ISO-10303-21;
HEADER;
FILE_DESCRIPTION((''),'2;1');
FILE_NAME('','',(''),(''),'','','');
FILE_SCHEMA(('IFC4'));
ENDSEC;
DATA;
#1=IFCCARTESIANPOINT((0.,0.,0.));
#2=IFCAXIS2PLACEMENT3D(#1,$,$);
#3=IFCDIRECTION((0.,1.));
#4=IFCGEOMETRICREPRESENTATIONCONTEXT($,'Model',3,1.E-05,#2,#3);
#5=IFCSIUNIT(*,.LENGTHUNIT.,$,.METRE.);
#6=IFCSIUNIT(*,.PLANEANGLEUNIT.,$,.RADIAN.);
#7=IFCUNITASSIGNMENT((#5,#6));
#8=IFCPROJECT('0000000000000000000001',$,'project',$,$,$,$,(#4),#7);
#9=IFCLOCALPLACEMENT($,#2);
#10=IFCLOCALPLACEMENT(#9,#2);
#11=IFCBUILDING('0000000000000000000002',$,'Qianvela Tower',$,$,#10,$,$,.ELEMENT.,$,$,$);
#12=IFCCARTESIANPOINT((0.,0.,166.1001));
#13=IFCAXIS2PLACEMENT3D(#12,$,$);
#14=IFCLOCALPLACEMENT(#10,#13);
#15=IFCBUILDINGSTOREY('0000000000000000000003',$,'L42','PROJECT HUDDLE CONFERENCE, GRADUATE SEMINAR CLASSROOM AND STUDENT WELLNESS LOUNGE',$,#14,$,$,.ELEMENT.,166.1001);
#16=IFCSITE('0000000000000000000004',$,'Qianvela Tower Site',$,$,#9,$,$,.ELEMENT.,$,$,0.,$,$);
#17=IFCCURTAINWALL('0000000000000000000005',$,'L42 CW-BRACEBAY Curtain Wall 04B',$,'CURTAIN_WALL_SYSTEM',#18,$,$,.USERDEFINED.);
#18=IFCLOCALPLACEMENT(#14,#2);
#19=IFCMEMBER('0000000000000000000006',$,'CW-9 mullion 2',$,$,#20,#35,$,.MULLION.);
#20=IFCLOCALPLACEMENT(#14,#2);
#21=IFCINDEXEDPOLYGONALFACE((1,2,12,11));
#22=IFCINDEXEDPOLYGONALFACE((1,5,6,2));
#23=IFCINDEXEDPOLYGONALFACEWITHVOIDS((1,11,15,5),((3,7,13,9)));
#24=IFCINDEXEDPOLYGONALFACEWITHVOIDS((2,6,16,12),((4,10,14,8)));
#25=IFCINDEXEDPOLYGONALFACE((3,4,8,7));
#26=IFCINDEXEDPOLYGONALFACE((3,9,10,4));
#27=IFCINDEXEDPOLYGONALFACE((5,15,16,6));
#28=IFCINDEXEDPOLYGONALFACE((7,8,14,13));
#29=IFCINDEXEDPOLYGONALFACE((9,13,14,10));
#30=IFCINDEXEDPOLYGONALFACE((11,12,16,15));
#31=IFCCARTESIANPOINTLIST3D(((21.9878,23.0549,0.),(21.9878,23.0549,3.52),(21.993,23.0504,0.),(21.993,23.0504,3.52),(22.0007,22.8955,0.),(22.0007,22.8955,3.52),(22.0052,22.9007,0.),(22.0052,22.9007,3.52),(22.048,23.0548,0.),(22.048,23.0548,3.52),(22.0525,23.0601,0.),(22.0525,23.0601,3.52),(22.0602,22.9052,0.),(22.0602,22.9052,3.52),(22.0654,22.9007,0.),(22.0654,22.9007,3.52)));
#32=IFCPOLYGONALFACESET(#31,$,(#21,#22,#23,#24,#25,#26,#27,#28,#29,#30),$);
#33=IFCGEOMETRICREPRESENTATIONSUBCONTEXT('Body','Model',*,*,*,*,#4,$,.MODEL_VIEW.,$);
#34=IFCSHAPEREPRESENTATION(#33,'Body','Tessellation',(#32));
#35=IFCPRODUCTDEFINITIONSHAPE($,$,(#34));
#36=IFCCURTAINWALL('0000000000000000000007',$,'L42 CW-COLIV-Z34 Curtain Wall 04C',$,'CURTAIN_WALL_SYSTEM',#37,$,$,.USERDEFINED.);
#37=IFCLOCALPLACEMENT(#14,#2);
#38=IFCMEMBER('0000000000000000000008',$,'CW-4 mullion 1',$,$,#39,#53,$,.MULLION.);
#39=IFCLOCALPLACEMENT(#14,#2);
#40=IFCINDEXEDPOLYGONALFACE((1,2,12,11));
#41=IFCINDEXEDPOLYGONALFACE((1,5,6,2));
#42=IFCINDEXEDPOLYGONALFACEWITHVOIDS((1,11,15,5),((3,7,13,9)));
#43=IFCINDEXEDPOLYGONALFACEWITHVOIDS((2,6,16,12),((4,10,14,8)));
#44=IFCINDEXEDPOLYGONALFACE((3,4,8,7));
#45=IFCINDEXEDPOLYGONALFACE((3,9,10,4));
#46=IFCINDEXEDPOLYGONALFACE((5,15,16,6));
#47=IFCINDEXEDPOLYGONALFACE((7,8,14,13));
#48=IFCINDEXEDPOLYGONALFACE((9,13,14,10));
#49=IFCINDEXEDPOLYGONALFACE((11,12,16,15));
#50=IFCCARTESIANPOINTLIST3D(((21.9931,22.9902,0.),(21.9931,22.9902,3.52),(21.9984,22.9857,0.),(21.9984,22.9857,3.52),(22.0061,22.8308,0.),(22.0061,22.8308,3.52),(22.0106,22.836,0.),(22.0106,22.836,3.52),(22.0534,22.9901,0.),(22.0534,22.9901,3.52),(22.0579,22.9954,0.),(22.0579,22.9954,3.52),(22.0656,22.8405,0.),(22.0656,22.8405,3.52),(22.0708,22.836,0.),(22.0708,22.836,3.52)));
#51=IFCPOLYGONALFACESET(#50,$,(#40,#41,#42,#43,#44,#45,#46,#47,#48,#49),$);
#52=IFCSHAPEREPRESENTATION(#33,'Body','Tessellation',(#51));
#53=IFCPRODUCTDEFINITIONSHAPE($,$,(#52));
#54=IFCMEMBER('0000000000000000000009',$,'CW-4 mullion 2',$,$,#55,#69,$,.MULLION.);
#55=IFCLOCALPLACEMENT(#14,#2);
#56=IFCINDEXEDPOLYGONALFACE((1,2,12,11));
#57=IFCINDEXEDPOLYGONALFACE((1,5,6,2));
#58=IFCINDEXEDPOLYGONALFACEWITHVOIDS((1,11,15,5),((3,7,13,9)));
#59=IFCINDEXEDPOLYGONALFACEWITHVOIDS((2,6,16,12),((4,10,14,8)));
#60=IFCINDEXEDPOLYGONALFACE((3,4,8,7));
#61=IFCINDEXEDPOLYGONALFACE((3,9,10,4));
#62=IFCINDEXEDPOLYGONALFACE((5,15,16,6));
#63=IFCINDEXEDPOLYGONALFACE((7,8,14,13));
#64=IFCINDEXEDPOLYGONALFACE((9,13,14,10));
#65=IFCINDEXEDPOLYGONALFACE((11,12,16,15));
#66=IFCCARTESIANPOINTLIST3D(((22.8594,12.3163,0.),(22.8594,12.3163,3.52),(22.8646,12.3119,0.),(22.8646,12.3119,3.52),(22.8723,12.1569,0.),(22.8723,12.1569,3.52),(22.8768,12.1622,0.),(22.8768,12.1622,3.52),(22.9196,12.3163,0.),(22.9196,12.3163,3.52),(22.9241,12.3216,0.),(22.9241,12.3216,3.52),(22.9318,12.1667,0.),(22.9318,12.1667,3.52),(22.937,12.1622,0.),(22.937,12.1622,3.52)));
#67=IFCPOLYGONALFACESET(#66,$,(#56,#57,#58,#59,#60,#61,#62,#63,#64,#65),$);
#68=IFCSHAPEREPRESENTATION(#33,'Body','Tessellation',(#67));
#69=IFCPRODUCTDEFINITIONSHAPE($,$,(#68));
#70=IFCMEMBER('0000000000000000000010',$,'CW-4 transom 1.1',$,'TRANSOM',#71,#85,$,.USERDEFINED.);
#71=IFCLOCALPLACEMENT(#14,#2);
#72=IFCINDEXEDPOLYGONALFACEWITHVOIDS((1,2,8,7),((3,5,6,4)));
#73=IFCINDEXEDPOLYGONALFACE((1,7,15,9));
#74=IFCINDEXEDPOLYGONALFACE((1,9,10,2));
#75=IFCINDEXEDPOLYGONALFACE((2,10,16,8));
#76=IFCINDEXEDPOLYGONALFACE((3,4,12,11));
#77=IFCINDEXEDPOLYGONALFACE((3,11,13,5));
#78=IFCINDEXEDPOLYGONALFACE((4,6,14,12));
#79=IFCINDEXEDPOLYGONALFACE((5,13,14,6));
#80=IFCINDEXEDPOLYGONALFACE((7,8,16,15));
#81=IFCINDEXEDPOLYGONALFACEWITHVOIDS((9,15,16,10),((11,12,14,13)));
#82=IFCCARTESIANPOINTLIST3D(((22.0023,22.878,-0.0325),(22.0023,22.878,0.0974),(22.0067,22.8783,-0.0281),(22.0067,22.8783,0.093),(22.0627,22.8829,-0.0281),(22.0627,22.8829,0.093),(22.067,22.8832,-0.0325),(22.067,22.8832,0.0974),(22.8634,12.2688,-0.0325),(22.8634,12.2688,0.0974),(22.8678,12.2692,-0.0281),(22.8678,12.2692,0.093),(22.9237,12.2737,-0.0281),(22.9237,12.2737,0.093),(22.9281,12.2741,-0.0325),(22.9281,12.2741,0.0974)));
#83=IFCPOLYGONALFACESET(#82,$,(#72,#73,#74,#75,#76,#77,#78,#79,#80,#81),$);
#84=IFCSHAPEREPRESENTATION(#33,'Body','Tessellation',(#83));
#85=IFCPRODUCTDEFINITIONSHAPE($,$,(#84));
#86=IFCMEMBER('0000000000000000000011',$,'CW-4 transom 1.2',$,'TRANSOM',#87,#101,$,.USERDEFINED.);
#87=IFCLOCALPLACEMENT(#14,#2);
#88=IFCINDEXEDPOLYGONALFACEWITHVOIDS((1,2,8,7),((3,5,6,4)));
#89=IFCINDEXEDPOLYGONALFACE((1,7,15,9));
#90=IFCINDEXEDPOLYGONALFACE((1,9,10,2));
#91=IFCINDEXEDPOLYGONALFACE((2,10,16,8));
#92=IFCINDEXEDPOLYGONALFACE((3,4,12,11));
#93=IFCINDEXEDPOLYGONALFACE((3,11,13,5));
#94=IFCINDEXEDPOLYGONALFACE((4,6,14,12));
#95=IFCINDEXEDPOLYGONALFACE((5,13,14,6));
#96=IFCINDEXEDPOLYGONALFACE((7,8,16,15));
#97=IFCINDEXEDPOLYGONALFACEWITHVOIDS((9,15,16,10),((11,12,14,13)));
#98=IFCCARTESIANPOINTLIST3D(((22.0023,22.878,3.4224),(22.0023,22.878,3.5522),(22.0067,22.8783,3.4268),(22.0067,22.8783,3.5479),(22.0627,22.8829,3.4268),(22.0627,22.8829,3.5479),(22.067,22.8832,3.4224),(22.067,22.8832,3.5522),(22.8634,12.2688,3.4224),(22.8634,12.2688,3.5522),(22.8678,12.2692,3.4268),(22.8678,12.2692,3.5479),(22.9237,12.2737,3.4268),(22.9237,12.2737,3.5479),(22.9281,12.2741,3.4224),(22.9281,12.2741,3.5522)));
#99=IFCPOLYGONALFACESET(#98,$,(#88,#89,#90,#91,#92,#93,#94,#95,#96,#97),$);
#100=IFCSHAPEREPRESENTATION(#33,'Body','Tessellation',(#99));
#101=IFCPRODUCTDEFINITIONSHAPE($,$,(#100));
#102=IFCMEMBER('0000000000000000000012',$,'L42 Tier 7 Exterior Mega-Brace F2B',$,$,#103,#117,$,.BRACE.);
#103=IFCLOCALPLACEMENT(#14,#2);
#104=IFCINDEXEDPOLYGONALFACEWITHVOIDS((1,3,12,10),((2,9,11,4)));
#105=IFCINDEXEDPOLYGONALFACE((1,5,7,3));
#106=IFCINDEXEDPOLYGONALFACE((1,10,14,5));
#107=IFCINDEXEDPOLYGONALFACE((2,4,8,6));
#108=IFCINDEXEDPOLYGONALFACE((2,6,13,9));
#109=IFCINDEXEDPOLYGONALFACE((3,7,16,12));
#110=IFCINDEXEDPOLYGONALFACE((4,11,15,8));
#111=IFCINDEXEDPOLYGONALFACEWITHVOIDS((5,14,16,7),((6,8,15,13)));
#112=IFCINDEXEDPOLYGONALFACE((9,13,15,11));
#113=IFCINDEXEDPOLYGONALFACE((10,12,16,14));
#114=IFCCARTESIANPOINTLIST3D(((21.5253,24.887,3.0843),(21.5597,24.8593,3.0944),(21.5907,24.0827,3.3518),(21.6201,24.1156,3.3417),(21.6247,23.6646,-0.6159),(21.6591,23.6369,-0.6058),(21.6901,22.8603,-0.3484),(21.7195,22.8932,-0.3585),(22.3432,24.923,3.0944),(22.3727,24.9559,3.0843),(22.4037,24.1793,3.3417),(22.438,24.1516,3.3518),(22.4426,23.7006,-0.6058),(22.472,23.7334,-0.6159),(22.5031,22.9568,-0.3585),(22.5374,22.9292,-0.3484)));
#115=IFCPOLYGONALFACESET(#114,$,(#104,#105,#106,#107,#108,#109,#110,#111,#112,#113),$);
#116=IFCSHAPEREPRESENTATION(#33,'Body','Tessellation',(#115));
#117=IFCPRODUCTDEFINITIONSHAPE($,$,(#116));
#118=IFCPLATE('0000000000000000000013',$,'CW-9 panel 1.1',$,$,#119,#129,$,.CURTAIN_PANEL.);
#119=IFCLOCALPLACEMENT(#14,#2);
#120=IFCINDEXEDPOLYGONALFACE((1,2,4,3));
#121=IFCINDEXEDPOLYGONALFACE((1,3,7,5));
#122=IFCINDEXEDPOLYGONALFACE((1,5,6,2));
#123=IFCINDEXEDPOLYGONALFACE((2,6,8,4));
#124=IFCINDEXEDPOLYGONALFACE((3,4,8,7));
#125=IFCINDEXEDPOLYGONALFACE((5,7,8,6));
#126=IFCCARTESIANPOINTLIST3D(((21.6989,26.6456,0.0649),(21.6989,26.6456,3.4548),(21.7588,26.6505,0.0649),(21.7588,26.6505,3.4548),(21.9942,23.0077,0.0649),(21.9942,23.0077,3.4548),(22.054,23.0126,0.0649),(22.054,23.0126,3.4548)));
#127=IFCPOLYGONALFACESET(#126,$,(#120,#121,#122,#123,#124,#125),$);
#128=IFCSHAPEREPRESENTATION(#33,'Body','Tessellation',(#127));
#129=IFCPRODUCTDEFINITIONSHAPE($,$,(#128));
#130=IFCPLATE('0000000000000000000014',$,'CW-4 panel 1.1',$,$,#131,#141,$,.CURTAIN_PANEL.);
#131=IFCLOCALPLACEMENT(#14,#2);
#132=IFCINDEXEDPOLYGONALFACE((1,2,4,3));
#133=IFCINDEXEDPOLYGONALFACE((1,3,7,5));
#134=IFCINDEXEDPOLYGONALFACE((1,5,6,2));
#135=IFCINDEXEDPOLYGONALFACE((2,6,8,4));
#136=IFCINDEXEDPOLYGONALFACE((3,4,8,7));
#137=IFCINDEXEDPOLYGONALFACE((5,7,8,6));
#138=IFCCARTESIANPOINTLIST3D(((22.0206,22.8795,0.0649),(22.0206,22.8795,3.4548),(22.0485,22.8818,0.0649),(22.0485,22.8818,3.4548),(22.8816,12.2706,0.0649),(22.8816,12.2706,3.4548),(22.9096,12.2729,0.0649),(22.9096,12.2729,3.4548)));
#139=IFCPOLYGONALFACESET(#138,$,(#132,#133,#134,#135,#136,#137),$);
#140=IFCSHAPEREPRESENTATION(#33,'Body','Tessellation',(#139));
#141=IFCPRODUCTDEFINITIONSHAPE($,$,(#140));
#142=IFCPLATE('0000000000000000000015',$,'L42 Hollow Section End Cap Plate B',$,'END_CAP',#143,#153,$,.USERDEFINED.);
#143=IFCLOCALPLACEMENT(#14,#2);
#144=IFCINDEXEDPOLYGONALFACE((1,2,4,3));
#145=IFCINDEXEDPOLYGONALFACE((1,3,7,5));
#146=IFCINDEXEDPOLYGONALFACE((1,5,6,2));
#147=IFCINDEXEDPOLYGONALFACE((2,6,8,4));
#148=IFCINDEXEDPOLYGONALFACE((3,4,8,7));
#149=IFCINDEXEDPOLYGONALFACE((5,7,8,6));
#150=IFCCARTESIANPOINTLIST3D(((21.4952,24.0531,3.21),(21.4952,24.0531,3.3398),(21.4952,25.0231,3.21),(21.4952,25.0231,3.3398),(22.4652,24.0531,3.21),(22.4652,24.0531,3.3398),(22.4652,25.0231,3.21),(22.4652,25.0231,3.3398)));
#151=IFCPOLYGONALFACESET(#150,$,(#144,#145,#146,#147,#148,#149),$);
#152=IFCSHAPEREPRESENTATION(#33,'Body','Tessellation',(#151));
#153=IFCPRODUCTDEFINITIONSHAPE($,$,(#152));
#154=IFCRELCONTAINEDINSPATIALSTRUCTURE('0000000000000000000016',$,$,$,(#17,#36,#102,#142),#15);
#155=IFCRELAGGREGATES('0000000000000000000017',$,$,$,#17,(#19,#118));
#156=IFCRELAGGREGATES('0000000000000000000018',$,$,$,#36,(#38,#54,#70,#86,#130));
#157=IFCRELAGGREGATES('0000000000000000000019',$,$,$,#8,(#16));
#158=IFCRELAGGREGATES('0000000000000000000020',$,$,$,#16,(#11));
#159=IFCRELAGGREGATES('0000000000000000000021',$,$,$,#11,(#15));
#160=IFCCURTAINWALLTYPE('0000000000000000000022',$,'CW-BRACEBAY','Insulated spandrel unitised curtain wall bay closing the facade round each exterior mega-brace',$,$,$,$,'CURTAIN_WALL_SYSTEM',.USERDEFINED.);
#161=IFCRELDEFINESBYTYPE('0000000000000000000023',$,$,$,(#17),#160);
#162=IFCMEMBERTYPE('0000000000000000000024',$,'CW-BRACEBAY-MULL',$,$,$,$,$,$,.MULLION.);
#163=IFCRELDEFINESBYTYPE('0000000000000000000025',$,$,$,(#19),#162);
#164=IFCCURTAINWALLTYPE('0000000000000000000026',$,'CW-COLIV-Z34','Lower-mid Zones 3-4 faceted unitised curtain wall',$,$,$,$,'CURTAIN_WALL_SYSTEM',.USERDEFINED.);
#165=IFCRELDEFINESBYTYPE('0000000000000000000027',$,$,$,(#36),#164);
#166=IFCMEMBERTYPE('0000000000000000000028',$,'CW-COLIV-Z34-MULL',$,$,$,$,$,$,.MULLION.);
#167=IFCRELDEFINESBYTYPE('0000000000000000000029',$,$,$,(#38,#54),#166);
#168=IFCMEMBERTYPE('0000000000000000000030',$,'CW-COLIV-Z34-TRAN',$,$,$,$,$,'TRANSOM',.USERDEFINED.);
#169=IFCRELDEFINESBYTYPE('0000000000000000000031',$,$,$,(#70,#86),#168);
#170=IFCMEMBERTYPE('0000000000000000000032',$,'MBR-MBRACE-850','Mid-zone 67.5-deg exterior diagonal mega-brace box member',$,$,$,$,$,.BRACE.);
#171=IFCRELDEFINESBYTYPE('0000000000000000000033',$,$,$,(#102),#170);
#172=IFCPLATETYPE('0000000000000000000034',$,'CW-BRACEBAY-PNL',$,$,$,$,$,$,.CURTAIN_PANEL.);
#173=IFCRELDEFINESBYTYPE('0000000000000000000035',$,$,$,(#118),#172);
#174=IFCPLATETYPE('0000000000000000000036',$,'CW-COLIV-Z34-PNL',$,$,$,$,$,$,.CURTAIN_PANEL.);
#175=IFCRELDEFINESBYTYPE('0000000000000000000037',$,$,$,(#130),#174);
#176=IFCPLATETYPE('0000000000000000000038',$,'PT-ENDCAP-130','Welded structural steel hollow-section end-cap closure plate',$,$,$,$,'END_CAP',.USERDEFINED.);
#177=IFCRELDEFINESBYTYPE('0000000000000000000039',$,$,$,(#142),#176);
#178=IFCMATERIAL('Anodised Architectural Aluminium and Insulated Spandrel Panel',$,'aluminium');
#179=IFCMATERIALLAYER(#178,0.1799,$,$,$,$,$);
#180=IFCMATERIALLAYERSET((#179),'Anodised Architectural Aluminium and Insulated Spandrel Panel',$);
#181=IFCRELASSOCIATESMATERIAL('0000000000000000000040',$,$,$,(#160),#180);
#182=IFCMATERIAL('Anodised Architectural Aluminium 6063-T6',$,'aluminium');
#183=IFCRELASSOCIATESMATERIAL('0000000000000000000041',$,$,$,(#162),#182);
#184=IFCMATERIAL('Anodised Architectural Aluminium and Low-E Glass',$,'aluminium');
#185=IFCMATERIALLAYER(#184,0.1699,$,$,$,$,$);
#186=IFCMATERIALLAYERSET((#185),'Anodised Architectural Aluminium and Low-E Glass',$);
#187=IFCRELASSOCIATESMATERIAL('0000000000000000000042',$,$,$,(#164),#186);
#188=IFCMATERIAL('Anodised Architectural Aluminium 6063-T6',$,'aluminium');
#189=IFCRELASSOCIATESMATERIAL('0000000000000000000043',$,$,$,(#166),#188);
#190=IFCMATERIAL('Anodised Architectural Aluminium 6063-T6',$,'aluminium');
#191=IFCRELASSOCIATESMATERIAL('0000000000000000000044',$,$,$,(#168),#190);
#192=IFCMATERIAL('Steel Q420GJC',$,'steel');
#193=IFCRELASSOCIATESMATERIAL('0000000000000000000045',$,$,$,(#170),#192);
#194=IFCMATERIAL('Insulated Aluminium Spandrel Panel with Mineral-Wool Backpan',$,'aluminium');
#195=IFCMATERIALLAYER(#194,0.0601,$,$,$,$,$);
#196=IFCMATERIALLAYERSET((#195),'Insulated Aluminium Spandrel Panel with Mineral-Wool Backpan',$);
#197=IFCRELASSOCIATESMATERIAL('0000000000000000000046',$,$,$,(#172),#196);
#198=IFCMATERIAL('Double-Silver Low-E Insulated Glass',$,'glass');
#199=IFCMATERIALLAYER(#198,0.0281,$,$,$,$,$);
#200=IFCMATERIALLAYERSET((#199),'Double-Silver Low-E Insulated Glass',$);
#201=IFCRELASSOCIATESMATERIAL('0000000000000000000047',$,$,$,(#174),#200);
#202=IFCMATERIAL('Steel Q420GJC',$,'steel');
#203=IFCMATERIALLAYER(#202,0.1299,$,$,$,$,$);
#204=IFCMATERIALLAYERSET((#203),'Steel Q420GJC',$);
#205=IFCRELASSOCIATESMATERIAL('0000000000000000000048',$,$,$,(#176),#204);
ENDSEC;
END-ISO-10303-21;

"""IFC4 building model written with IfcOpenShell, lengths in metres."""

from ifc_helpers import new_model, si_unit, direction, frame, origin, origin_2d, place, context, subcontext, project, spatial, rectangle, hollow_rectangle, extrude, material, layer, layer_set, material_profile, profile_set, type_object, element, aggregate, save


model = new_model("IFC4")

# Units and contexts
model_context = context("Model", 3, precision=1e-05, world=origin(), true_north=direction((0.0, 1.0)))
body_context = subcontext(model_context, "Body", "Model", "MODEL_VIEW")
ifc_project = project(units=[si_unit("LENGTHUNIT", "METRE"), si_unit("PLANEANGLEUNIT", "RADIAN")], contexts=[model_context])

# Site, building, storey
site_placement = place(None, origin())
site = spatial("IfcSite", under=ifc_project, at=site_placement, Name="Qianvela Tower Site", CompositionType="ELEMENT", RefElevation=0.0)
building_placement = place(site_placement, origin())
building = spatial("IfcBuilding", under=site, at=building_placement, Name="Qianvela Tower", CompositionType="ELEMENT")
storey_placement = place(building_placement, frame((0.0, 0.0, 166.1001)))
storey = spatial("IfcBuildingStorey", under=building, at=storey_placement, Name="L42", Description="PROJECT HUDDLE CONFERENCE, GRADUATE SEMINAR CLASSROOM AND STUDENT WELLNESS LOUNGE", CompositionType="ELEMENT", Elevation=166.1001)

# Curtain wall, member
ifc_material_1 = material(Name="Anodised Architectural Aluminium and Insulated Spandrel Panel", Category="aluminium")
ifc_layer_1 = layer(ifc_material_1, 0.1799)
ifc_layer_set_1 = layer_set([ifc_layer_1], Name="Anodised Architectural Aluminium and Insulated Spandrel Panel")
curtain_wall_type_1 = type_object("IfcCurtainWallType", Name="CW-BRACEBAY", Description="Insulated spandrel unitised curtain wall bay closing the facade round each exterior mega-brace", ElementType="CURTAIN_WALL_SYSTEM", PredefinedType="USERDEFINED", material=ifc_layer_set_1)
curtain_wall_1_placement = place(storey_placement, origin())
curtain_wall_1 = element("IfcCurtainWall", 1, at=curtain_wall_1_placement, inside=storey, type_object=curtain_wall_type_1, Name="L42 CW-BRACEBAY Curtain Wall 04B", ObjectType="CURTAIN_WALL_SYSTEM", PredefinedType="USERDEFINED")
ifc_material_2 = material(Name="Anodised Architectural Aluminium 6063-T6", Category="aluminium")
ifc_material_profile_1 = material_profile(ifc_material_2, hollow_rectangle(XDim=0.0649, YDim=0.1599, WallThickness=0.0049, at=origin_2d()), Name="ALU-MULL-65x160")
ifc_profile_set_1 = profile_set([ifc_material_profile_1], Name="Anodised Architectural Aluminium 6063-T6")
member_type_1 = type_object("IfcMemberType", Name="CW-BRACEBAY-MULL", PredefinedType="MULLION", material=ifc_profile_set_1)
member_1_placement = place(storey_placement, frame((22.0266, 22.9778, 0.0), z_axis=(0.0, 0.0, 1.0), x_axis=(0.996722, 0.0809, 0.0)))
member_1 = element("IfcMember", 2, at=member_1_placement, type_object=member_type_1, Name="CW-9 mullion 2", PredefinedType="MULLION", context=body_context, shape_type="SweptSolid", body=[
    extrude(hollow_rectangle(XDim=0.0649, YDim=0.1599, WallThickness=0.0049, at=origin_2d()), origin(), (0.0, 0.0, 1.0), 3.52),
])

# Curtain wall, members
ifc_material_3 = material(Name="Anodised Architectural Aluminium and Low-E Glass", Category="aluminium")
ifc_layer_2 = layer(ifc_material_3, 0.1699)
ifc_layer_set_2 = layer_set([ifc_layer_2], Name="Anodised Architectural Aluminium and Low-E Glass")
curtain_wall_type_2 = type_object("IfcCurtainWallType", Name="CW-COLIV-Z34", Description="Lower-mid Zones 3-4 faceted unitised curtain wall", ElementType="CURTAIN_WALL_SYSTEM", PredefinedType="USERDEFINED", material=ifc_layer_set_2)
curtain_wall_2_placement = place(storey_placement, origin())
curtain_wall_2 = element("IfcCurtainWall", 3, at=curtain_wall_2_placement, inside=storey, type_object=curtain_wall_type_2, Name="L42 CW-COLIV-Z34 Curtain Wall 04C", ObjectType="CURTAIN_WALL_SYSTEM", PredefinedType="USERDEFINED")
ifc_material_4 = material(Name="Anodised Architectural Aluminium 6063-T6", Category="aluminium")
ifc_material_profile_2 = material_profile(ifc_material_4, hollow_rectangle(XDim=0.0649, YDim=0.1599, WallThickness=0.0049, at=origin_2d()), Name="ALU-MULL-65x160")
ifc_profile_set_2 = profile_set([ifc_material_profile_2], Name="Anodised Architectural Aluminium 6063-T6")
member_type_2 = type_object("IfcMemberType", Name="CW-COLIV-Z34-MULL", PredefinedType="MULLION", material=ifc_profile_set_2)
member_2_placement = place(storey_placement, frame((22.032, 22.9131, 0.0), z_axis=(0.0, 0.0, 1.0), x_axis=(0.996722, 0.080899, 0.0)))
member_2 = element("IfcMember", 4, at=member_2_placement, type_object=member_type_2, Name="CW-4 mullion 1", PredefinedType="MULLION", context=body_context, shape_type="SweptSolid", body=[
    extrude(hollow_rectangle(XDim=0.0649, YDim=0.1599, WallThickness=0.0049, at=origin_2d()), origin(), (0.0, 0.0, 1.0), 3.52),
])
member_3_placement = place(storey_placement, frame((22.8982, 12.2393, 0.0), z_axis=(0.0, 0.0, 1.0), x_axis=(0.996722, 0.080899, 0.0)))
member_3 = element("IfcMember", 5, at=member_3_placement, type_object=member_type_2, Name="CW-4 mullion 2", PredefinedType="MULLION", context=body_context, shape_type="SweptSolid", body=[
    extrude(hollow_rectangle(XDim=0.0649, YDim=0.1599, WallThickness=0.0049, at=origin_2d()), origin(), (0.0, 0.0, 1.0), 3.52),
])
ifc_material_5 = material(Name="Anodised Architectural Aluminium 6063-T6", Category="aluminium")
ifc_material_profile_3 = material_profile(ifc_material_5, hollow_rectangle(XDim=0.0649, YDim=0.1299, WallThickness=0.0044, at=origin_2d()), Name="ALU-TRAN-65x130")
ifc_profile_set_3 = profile_set([ifc_material_profile_3], Name="Anodised Architectural Aluminium 6063-T6")
member_type_3 = type_object("IfcMemberType", Name="CW-COLIV-Z34-TRAN", ElementType="TRANSOM", PredefinedType="USERDEFINED", material=ifc_profile_set_3)
member_4_placement = place(storey_placement, frame((22.0347, 22.8806, 0.0325), z_axis=(0.080898, -0.996722, 0.0), x_axis=(0.996722, 0.080898, 0.0)))
member_4 = element("IfcMember", 6, at=member_4_placement, type_object=member_type_3, Name="CW-4 transom 1.1", ObjectType="TRANSOM", PredefinedType="USERDEFINED", context=body_context, shape_type="SweptSolid", body=[
    extrude(hollow_rectangle(XDim=0.0649, YDim=0.1299, WallThickness=0.0044, at=origin_2d()), origin(), (0.0, 0.0, 1.0), 10.644),
])
member_5_placement = place(storey_placement, frame((22.0347, 22.8806, 3.4873), z_axis=(0.080898, -0.996722, 0.0), x_axis=(0.996722, 0.080898, 0.0)))
member_5 = element("IfcMember", 7, at=member_5_placement, type_object=member_type_3, Name="CW-4 transom 1.2", ObjectType="TRANSOM", PredefinedType="USERDEFINED", context=body_context, shape_type="SweptSolid", body=[
    extrude(hollow_rectangle(XDim=0.0649, YDim=0.1299, WallThickness=0.0044, at=origin_2d()), origin(), (0.0, 0.0, 1.0), 10.644),
])

# Member
ifc_material_6 = material(Name="Steel Q420GJC", Category="steel")
ifc_material_profile_4 = material_profile(ifc_material_6, hollow_rectangle(XDim=0.8501, YDim=0.8501, WallThickness=0.032, at=origin_2d()), Name="MBOX-850x850x32")
ifc_profile_set_4 = profile_set([ifc_material_profile_4], Name="Steel Q420GJC")
member_type_4 = type_object("IfcMemberType", Name="MBR-MBRACE-850", Description="Mid-zone 67.5-deg exterior diagonal mega-brace box member", PredefinedType="BRACE", material=ifc_profile_set_4)
member_6_placement = place(storey_placement, frame((22.0811, 23.2969, -0.4822), z_axis=(-0.02549, 0.313587, 0.949217), x_axis=(-0.996713, -0.081019, 0.0)))
element("IfcMember", 8, at=member_6_placement, inside=storey, type_object=member_type_4, Name="L42 Tier 7 Exterior Mega-Brace F2B", PredefinedType="BRACE", context=body_context, shape_type="SweptSolid", body=[
    extrude(hollow_rectangle(XDim=0.8501, YDim=0.8501, WallThickness=0.032, at=origin_2d()), origin(), (0.0, 0.0, 1.0), 3.8982),
])

# Plates
ifc_material_7 = material(Name="Insulated Aluminium Spandrel Panel with Mineral-Wool Backpan", Category="aluminium")
ifc_layer_3 = layer(ifc_material_7, 0.0601)
ifc_layer_set_3 = layer_set([ifc_layer_3], Name="Insulated Aluminium Spandrel Panel with Mineral-Wool Backpan")
plate_type_1 = type_object("IfcPlateType", Name="CW-BRACEBAY-PNL", PredefinedType="CURTAIN_PANEL", material=ifc_layer_set_3)
plate_1_placement = place(storey_placement, frame((21.8765, 24.8291, 0.0649), z_axis=(0.0, 0.0, 1.0), x_axis=(0.0809, -0.996722, 0.0)))
plate_1 = element("IfcPlate", 9, at=plate_1_placement, type_object=plate_type_1, Name="CW-9 panel 1.1", PredefinedType="CURTAIN_PANEL", context=body_context, shape_type="SweptSolid", body=[
    extrude(rectangle(XDim=3.6499, YDim=0.0601, at=origin_2d()), origin(), (0.0, 0.0, 1.0), 3.3899),
])
aggregate(curtain_wall_1, [member_1, plate_1])
ifc_material_8 = material(Name="Double-Silver Low-E Insulated Glass", Category="glass")
ifc_layer_4 = layer(ifc_material_8, 0.0281)
ifc_layer_set_4 = layer_set([ifc_layer_4], Name="Double-Silver Low-E Insulated Glass")
plate_type_2 = type_object("IfcPlateType", Name="CW-COLIV-Z34-PNL", PredefinedType="CURTAIN_PANEL", material=ifc_layer_set_4)
plate_2_placement = place(storey_placement, frame((22.4651, 17.5762, 0.0649), z_axis=(0.0, 0.0, 1.0), x_axis=(0.080899, -0.996722, 0.0)))
plate_2 = element("IfcPlate", 10, at=plate_2_placement, type_object=plate_type_2, Name="CW-4 panel 1.1", PredefinedType="CURTAIN_PANEL", context=body_context, shape_type="SweptSolid", body=[
    extrude(rectangle(XDim=10.6438, YDim=0.0281, at=origin_2d()), origin(), (0.0, 0.0, 1.0), 3.3899),
])
aggregate(curtain_wall_2, [member_2, member_3, member_4, member_5, plate_2])
ifc_material_9 = material(Name="Steel Q420GJC", Category="steel")
ifc_layer_5 = layer(ifc_material_9, 0.1299)
ifc_layer_set_5 = layer_set([ifc_layer_5], Name="Steel Q420GJC")
plate_type_3 = type_object("IfcPlateType", Name="PT-ENDCAP-130", Description="Welded structural steel hollow-section end-cap closure plate", ElementType="END_CAP", PredefinedType="USERDEFINED", material=ifc_layer_set_5)
plate_3_placement = place(storey_placement, frame((21.9802, 24.5381, 3.21), z_axis=(0.0, 0.0, 1.0), x_axis=(1.0, 0.0, 0.0)))
element("IfcPlate", 11, at=plate_3_placement, inside=storey, type_object=plate_type_3, Name="L42 Hollow Section End Cap Plate B", ObjectType="END_CAP", PredefinedType="USERDEFINED", context=body_context, shape_type="SweptSolid", body=[
    extrude(rectangle(XDim=0.97, YDim=0.97, at=origin_2d()), origin(), (0.0, 0.0, 1.0), 0.1299),
])

save(model, "model.ifc")
